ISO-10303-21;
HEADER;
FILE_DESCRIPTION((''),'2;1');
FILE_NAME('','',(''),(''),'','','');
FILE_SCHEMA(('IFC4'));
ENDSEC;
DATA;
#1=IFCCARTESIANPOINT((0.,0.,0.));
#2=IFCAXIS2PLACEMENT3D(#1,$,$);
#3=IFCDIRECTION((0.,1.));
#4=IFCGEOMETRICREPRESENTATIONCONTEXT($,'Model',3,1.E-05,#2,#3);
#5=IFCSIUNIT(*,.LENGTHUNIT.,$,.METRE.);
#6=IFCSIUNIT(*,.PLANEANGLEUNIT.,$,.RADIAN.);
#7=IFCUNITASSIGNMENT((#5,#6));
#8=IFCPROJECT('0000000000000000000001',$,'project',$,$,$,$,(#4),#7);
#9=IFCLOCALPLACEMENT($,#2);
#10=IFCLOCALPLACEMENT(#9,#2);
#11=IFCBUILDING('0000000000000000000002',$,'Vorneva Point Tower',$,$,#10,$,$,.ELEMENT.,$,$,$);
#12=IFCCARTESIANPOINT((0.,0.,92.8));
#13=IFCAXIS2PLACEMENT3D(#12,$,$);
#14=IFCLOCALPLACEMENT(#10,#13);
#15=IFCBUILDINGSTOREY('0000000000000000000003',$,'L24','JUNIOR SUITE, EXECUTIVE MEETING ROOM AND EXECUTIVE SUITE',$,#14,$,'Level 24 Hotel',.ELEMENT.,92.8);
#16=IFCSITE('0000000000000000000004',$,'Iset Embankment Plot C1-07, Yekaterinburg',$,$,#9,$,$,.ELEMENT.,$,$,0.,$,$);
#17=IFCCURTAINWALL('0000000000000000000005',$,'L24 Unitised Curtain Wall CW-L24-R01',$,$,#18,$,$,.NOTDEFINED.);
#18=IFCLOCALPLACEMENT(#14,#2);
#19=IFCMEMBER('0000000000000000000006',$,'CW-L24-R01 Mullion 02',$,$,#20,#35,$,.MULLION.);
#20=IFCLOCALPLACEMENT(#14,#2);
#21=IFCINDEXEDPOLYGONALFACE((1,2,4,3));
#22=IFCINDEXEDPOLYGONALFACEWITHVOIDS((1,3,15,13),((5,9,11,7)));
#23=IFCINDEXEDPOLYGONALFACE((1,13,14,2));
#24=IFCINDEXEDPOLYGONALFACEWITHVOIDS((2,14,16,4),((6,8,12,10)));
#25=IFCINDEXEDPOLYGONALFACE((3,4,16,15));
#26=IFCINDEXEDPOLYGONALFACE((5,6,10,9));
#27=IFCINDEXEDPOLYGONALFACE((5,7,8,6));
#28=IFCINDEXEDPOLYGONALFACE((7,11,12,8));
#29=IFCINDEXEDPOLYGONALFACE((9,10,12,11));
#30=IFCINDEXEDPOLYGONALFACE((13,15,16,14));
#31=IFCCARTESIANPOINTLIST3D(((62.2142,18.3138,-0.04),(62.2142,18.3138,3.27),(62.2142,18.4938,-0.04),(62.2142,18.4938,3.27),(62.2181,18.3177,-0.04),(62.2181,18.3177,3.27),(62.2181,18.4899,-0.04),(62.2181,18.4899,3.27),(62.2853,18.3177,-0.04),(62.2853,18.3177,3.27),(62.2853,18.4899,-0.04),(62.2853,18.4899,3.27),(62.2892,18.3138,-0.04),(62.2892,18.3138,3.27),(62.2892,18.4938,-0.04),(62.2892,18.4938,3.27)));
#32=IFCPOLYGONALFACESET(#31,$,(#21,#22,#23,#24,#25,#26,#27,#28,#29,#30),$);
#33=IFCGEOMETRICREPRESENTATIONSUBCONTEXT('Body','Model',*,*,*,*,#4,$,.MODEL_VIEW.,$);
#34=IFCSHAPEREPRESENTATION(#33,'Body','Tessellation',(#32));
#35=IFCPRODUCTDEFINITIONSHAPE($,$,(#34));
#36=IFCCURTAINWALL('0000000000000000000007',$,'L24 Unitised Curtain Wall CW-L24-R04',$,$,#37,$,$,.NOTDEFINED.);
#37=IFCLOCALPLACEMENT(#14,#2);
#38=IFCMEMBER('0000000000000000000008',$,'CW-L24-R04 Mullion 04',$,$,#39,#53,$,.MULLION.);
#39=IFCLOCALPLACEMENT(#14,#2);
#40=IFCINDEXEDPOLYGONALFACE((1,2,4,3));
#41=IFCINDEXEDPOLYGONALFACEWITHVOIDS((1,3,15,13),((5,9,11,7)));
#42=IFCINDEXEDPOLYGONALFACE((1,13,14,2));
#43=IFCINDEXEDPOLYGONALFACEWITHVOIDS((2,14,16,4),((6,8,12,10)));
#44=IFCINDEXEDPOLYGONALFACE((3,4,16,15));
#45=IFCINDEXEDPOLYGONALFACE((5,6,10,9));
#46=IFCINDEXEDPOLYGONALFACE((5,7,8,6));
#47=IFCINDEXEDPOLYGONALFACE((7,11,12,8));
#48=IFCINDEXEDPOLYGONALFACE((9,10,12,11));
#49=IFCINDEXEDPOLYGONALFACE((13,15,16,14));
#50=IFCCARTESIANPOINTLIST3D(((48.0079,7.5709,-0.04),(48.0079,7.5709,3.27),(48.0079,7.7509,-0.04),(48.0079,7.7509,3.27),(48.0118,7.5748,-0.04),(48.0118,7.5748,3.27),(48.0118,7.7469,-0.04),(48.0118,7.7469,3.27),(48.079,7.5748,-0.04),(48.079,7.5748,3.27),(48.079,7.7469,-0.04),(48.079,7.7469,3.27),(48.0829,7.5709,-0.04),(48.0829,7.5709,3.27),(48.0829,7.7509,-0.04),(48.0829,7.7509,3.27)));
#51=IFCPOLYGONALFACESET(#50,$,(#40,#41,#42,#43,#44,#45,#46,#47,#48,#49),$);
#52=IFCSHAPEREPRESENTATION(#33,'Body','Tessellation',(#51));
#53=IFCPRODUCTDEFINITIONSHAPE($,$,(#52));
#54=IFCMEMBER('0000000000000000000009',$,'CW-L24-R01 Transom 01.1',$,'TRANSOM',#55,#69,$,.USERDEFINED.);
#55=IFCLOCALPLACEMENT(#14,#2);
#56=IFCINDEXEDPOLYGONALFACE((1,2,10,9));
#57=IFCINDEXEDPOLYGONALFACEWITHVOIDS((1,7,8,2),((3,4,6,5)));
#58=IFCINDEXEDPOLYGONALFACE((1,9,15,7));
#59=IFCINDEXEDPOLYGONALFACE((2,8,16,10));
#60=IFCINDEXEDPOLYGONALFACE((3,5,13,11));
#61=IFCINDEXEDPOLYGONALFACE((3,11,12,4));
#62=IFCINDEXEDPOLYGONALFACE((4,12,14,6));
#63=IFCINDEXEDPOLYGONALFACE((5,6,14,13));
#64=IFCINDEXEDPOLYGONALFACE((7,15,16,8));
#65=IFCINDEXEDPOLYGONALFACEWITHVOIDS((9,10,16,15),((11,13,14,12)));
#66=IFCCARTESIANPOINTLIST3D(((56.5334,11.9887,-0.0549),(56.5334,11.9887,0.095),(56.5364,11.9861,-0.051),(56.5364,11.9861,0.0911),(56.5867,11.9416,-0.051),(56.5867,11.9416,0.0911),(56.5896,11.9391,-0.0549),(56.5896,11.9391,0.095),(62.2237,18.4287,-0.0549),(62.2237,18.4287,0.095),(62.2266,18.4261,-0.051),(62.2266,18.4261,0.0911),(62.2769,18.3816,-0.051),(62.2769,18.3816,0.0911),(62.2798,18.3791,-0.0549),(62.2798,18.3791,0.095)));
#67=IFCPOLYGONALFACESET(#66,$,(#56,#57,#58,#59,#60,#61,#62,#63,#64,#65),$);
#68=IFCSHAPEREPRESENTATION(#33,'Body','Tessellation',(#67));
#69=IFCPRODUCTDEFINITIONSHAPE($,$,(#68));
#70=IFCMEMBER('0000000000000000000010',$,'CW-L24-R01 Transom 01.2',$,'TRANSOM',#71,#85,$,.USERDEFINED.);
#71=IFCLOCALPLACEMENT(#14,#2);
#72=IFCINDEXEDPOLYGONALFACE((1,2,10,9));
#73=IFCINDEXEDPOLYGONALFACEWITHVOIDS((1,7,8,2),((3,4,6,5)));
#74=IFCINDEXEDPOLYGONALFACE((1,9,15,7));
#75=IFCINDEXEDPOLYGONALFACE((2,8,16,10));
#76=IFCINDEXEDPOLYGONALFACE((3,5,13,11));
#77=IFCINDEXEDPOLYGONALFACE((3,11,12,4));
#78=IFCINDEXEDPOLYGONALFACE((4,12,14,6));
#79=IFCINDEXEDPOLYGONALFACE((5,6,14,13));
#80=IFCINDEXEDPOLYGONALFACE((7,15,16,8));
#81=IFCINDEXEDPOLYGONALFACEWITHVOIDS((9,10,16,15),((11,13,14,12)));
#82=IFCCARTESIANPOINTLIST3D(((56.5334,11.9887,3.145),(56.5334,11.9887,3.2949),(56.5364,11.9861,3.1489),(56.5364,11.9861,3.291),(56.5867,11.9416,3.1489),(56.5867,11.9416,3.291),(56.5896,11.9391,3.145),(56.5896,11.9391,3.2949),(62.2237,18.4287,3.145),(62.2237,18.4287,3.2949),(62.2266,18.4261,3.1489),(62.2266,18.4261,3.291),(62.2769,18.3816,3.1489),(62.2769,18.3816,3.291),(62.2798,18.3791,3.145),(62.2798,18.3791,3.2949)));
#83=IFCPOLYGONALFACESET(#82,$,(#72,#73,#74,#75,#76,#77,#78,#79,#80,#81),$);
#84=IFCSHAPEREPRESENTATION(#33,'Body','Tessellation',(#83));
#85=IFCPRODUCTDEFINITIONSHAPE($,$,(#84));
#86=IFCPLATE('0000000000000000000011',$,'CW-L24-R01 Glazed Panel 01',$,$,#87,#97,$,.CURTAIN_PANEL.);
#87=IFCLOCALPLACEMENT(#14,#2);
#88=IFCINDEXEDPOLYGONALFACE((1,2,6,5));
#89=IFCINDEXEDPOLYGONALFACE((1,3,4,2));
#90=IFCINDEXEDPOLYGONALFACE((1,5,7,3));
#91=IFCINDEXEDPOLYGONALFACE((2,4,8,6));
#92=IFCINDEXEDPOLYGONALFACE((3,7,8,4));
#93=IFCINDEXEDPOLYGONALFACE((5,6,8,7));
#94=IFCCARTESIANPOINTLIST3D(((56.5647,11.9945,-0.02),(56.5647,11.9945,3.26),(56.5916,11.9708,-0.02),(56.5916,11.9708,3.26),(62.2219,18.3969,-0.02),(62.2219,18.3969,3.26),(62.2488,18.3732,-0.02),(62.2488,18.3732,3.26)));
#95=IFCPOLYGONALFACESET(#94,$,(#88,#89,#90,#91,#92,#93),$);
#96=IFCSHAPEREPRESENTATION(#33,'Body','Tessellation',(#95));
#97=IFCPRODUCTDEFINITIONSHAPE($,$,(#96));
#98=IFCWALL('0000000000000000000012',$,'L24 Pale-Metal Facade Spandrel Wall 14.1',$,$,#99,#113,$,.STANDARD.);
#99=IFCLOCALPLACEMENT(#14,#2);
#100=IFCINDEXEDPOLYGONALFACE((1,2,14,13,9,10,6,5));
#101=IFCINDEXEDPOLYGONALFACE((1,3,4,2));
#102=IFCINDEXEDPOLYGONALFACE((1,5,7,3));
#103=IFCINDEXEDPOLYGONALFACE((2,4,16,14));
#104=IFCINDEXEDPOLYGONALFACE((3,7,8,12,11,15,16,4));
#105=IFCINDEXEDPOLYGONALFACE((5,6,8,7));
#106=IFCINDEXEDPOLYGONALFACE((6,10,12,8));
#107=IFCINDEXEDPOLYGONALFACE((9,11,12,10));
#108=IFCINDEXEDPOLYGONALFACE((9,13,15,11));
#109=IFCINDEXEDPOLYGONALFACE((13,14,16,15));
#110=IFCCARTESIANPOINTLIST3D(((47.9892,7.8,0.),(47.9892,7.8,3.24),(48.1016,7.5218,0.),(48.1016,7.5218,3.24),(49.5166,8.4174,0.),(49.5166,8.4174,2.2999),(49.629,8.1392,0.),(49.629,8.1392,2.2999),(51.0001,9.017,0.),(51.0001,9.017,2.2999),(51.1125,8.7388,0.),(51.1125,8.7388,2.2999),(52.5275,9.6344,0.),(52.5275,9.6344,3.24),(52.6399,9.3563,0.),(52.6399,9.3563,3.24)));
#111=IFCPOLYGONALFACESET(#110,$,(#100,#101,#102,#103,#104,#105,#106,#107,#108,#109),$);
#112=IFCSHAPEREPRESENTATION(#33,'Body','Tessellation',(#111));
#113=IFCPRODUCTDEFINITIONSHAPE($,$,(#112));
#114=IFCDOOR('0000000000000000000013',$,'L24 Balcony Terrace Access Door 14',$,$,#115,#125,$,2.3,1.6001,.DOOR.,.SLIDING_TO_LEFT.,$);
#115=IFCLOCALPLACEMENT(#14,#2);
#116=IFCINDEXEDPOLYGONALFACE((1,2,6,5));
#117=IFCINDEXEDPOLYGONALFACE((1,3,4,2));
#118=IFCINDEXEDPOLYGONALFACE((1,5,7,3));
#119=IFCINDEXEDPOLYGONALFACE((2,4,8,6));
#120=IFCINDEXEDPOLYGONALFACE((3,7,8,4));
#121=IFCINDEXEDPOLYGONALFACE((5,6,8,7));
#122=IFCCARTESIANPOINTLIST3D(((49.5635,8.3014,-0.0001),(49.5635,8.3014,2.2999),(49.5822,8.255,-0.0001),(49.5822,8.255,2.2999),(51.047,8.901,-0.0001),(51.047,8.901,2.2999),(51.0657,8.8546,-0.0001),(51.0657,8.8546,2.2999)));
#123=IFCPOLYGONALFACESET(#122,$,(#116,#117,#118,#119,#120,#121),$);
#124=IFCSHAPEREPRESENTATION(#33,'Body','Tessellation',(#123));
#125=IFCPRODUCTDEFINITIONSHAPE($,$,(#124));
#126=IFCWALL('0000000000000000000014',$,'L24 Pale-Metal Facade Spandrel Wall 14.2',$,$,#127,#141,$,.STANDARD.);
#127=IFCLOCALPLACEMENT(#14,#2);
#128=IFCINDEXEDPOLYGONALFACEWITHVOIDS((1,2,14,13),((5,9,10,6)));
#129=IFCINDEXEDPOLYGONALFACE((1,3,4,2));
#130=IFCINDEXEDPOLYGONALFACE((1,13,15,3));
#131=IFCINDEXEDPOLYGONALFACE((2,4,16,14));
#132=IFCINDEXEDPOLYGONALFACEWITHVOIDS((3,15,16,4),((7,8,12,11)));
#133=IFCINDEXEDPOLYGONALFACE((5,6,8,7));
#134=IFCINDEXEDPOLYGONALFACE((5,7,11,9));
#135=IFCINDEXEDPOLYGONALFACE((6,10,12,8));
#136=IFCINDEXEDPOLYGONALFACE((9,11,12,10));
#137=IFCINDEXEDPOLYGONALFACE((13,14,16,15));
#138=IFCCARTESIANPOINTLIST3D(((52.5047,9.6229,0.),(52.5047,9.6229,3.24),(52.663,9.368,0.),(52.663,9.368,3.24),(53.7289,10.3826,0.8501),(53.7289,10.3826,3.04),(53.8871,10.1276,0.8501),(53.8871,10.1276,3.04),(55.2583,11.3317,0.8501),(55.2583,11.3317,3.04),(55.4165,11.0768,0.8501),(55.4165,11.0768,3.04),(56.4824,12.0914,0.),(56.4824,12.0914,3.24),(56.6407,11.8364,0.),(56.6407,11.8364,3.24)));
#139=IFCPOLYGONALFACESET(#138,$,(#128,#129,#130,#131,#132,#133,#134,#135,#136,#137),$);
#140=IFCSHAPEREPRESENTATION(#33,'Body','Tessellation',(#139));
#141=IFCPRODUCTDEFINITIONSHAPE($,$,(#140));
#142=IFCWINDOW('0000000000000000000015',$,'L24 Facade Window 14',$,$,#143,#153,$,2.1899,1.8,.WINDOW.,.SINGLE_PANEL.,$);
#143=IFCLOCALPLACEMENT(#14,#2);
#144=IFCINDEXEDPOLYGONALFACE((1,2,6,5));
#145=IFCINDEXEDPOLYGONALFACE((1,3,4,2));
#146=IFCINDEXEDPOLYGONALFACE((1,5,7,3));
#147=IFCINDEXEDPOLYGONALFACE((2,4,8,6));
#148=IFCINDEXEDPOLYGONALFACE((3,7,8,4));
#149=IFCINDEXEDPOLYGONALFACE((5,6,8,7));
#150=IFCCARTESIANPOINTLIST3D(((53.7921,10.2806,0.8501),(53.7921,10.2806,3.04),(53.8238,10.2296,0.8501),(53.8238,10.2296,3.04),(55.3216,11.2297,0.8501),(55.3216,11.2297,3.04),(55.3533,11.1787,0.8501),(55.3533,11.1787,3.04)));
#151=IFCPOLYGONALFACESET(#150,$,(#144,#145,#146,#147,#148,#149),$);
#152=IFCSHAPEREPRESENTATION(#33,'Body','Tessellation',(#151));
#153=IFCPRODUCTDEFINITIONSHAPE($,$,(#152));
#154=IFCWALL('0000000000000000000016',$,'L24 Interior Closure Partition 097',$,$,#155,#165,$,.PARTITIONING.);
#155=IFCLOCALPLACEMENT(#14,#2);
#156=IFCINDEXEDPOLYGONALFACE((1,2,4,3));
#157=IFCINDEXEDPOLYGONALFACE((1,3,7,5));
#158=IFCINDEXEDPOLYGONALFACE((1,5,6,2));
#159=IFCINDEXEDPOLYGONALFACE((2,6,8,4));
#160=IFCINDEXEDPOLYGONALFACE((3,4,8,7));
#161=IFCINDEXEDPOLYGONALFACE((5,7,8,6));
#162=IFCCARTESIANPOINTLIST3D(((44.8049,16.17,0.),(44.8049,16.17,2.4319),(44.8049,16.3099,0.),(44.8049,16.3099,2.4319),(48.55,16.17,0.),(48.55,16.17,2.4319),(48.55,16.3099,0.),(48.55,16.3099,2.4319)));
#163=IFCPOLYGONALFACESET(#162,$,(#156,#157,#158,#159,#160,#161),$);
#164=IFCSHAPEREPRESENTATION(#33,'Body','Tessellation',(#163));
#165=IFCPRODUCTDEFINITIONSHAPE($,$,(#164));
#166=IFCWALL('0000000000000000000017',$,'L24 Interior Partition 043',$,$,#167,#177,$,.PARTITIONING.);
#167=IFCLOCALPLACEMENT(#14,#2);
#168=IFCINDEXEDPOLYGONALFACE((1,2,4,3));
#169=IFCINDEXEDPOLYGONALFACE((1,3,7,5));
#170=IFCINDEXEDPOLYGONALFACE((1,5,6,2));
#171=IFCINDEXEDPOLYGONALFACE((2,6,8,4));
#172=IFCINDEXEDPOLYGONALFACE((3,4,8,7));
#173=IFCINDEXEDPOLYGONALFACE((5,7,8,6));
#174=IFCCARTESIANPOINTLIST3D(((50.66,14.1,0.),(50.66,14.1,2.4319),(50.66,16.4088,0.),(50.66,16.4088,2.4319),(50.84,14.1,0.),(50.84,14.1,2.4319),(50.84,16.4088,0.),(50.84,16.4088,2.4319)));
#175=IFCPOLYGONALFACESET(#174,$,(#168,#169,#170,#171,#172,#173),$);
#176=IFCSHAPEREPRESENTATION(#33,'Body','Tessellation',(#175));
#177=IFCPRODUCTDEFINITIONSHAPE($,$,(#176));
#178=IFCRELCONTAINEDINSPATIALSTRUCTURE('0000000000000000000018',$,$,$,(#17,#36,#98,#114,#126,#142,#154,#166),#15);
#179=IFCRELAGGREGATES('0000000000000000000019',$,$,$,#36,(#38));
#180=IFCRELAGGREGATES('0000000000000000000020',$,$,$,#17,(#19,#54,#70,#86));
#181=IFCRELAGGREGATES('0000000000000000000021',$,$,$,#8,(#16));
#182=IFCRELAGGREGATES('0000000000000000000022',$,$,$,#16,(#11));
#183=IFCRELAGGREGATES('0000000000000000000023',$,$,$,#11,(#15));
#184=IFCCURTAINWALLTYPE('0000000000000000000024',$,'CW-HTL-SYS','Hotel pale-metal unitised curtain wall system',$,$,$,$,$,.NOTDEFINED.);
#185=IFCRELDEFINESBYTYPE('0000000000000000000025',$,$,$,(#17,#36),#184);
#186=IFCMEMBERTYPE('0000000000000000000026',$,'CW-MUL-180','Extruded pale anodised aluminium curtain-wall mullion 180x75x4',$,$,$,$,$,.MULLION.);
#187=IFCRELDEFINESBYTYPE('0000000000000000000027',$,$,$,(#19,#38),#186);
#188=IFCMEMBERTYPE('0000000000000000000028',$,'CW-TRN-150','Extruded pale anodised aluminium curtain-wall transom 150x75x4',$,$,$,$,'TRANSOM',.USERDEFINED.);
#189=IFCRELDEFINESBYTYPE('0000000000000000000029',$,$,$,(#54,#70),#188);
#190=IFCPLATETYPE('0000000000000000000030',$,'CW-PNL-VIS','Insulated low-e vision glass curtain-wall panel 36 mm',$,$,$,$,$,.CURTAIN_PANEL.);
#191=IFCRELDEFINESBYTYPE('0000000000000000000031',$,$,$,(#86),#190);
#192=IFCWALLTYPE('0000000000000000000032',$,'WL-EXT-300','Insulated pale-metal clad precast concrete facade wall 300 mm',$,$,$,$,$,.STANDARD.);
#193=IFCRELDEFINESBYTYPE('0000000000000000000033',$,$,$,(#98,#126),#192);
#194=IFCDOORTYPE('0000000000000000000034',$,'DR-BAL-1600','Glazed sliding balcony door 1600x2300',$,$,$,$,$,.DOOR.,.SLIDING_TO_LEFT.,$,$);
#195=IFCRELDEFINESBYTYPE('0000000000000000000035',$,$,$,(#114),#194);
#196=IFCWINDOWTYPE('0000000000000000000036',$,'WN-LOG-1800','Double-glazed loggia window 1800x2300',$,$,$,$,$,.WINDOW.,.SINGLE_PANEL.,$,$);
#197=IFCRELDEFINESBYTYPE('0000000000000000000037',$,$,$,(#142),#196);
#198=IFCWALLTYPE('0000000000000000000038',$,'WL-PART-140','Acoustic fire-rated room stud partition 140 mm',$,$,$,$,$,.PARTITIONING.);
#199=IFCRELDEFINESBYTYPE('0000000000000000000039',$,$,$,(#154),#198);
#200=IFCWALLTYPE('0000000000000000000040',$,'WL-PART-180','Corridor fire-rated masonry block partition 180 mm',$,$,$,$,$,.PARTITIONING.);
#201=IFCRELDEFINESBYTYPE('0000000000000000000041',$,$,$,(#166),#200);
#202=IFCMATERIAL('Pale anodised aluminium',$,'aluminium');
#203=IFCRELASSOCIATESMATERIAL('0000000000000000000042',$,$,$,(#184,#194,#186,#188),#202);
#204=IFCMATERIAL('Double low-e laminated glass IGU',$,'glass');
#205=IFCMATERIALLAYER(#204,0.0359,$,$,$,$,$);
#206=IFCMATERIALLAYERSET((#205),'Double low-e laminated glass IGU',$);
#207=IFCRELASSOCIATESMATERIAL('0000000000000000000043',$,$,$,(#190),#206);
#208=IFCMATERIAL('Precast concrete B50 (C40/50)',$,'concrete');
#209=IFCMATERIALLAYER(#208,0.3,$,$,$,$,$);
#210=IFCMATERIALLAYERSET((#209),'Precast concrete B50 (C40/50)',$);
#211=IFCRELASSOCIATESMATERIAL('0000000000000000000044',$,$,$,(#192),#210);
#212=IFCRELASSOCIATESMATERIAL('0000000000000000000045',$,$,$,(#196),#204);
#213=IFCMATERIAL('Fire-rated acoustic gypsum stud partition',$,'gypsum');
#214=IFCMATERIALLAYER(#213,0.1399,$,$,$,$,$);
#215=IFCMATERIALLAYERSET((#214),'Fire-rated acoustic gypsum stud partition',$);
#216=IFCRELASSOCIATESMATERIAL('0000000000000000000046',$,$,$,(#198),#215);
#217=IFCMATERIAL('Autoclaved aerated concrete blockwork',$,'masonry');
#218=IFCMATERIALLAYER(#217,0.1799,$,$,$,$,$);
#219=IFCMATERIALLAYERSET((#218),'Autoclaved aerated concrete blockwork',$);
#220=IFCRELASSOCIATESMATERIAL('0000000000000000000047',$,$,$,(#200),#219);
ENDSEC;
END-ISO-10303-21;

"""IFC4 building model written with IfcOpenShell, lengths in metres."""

from ifc_helpers import new_model, si_unit, direction, frame, frame_2d, origin, origin_2d, place, context, subcontext, project, spatial, rectangle, hollow_rectangle, extrude, material, layer, layer_set, material_profile, profile_set, type_object, element, fill, aggregate, save


model = new_model("IFC4")

# Units and contexts
model_context = context("Model", 3, precision=1e-05, world=origin(), true_north=direction((0.0, 1.0)))
body_context = subcontext(model_context, "Body", "Model", "MODEL_VIEW")
ifc_project = project(units=[si_unit("LENGTHUNIT", "METRE"), si_unit("PLANEANGLEUNIT", "RADIAN")], contexts=[model_context])

# Site, building, storey
site_placement = place(None, origin())
site = spatial("IfcSite", under=ifc_project, at=site_placement, Name="Iset Embankment Plot C1-07, Yekaterinburg", CompositionType="ELEMENT", RefElevation=0.0)
building_placement = place(site_placement, origin())
building = spatial("IfcBuilding", under=site, at=building_placement, Name="Vorneva Point Tower", CompositionType="ELEMENT")
storey_placement = place(building_placement, frame((0.0, 0.0, 92.8)))
storey = spatial("IfcBuildingStorey", under=building, at=storey_placement, Name="L24", Description="JUNIOR SUITE, EXECUTIVE MEETING ROOM AND EXECUTIVE SUITE", LongName="Level 24 Hotel", CompositionType="ELEMENT", Elevation=92.8)

# Curtain wall, member
ifc_material_1 = material(Name="Pale anodised aluminium", Category="aluminium")
curtain_wall_type = type_object("IfcCurtainWallType", Name="CW-HTL-SYS", Description="Hotel pale-metal unitised curtain wall system", PredefinedType="NOTDEFINED", material=ifc_material_1)
curtain_wall_1_placement = place(storey_placement, origin())
curtain_wall_1 = element("IfcCurtainWall", 1, at=curtain_wall_1_placement, inside=storey, type_object=curtain_wall_type, Name="L24 Unitised Curtain Wall CW-L24-R01", PredefinedType="NOTDEFINED")
ifc_material_profile_1 = material_profile(ifc_material_1, hollow_rectangle(XDim=0.075, YDim=0.1799, WallThickness=0.0039, at=origin_2d()), Name="AL-MUL 180x75x4")
ifc_profile_set_1 = profile_set([ifc_material_profile_1], Name="Pale anodised aluminium")
member_type_1 = type_object("IfcMemberType", Name="CW-MUL-180", Description="Extruded pale anodised aluminium curtain-wall mullion 180x75x4", PredefinedType="MULLION", material=ifc_profile_set_1)
member_1_placement = place(storey_placement, frame((62.2517, 18.4038, -0.04), z_axis=(0.0, 0.0, 1.0), x_axis=(1.0, 0.0, 0.0)))
member_1 = element("IfcMember", 2, at=member_1_placement, type_object=member_type_1, Name="CW-L24-R01 Mullion 02", PredefinedType="MULLION", context=body_context, shape_type="SweptSolid", body=[
    extrude(hollow_rectangle(XDim=0.075, YDim=0.1799, WallThickness=0.0039, at=origin_2d()), origin(), (0.0, 0.0, 1.0), 3.3101),
])

# Curtain wall, member
curtain_wall_2_placement = place(storey_placement, origin())
curtain_wall_2 = element("IfcCurtainWall", 3, at=curtain_wall_2_placement, inside=storey, type_object=curtain_wall_type, Name="L24 Unitised Curtain Wall CW-L24-R04", PredefinedType="NOTDEFINED")
member_2_placement = place(storey_placement, frame((48.0454, 7.6609, -0.04), z_axis=(0.0, 0.0, 1.0), x_axis=(1.0, 0.0, 0.0)))
member_2 = element("IfcMember", 4, at=member_2_placement, type_object=member_type_1, Name="CW-L24-R04 Mullion 04", PredefinedType="MULLION", context=body_context, shape_type="SweptSolid", body=[
    extrude(hollow_rectangle(XDim=0.075, YDim=0.1799, WallThickness=0.0039, at=origin_2d()), origin(), (0.0, 0.0, 1.0), 3.3101),
])
aggregate(curtain_wall_2, [member_2])

# Members
ifc_material_profile_2 = material_profile(ifc_material_1, hollow_rectangle(XDim=0.075, YDim=0.1499, WallThickness=0.0039, at=origin_2d()), Name="AL-TRN 150x75x4")
ifc_profile_set_2 = profile_set([ifc_material_profile_2], Name="Pale anodised aluminium")
member_type_2 = type_object("IfcMemberType", Name="CW-TRN-150", Description="Extruded pale anodised aluminium curtain-wall transom 150x75x4", ElementType="TRANSOM", PredefinedType="USERDEFINED", material=ifc_profile_set_2)
member_3_placement = place(storey_placement, frame((56.5615, 11.9639, 0.02), z_axis=(0.662137, 0.749383, 0.0), x_axis=(-0.749383, 0.662137, 0.0)))
member_3 = element("IfcMember", 5, at=member_3_placement, type_object=member_type_2, Name="CW-L24-R01 Transom 01.1", ObjectType="TRANSOM", PredefinedType="USERDEFINED", context=body_context, shape_type="SweptSolid", body=[
    extrude(hollow_rectangle(XDim=0.075, YDim=0.1499, WallThickness=0.0039, at=origin_2d()), origin(), (0.0, 0.0, 1.0), 8.5938),
])
member_4_placement = place(storey_placement, frame((56.5615, 11.9639, 3.22), z_axis=(0.662137, 0.749383, 0.0), x_axis=(-0.749383, 0.662137, 0.0)))
member_4 = element("IfcMember", 6, at=member_4_placement, type_object=member_type_2, Name="CW-L24-R01 Transom 01.2", ObjectType="TRANSOM", PredefinedType="USERDEFINED", context=body_context, shape_type="SweptSolid", body=[
    extrude(hollow_rectangle(XDim=0.075, YDim=0.1499, WallThickness=0.0039, at=origin_2d()), origin(), (0.0, 0.0, 1.0), 8.5938),
])

# Plate
ifc_material_2 = material(Name="Double low-e laminated glass IGU", Category="glass")
ifc_layer_1 = layer(ifc_material_2, 0.0359)
ifc_layer_set_1 = layer_set([ifc_layer_1], Name="Double low-e laminated glass IGU")
plate_type = type_object("IfcPlateType", Name="CW-PNL-VIS", Description="Insulated low-e vision glass curtain-wall panel 36 mm", PredefinedType="CURTAIN_PANEL", material=ifc_layer_set_1)
plate_placement = place(storey_placement, frame((59.4067, 15.1838, -0.02), z_axis=(0.0, 0.0, 1.0), x_axis=(0.662149, 0.749372, 0.0)))
plate = element("IfcPlate", 7, at=plate_placement, type_object=plate_type, Name="CW-L24-R01 Glazed Panel 01", PredefinedType="CURTAIN_PANEL", context=body_context, shape_type="SweptSolid", body=[
    extrude(rectangle(XDim=8.5437, YDim=0.0359, at=origin_2d()), origin(), (0.0, 0.0, 1.0), 3.28),
])
aggregate(curtain_wall_1, [member_1, member_3, member_4, plate])

# Wall, opening, door
ifc_material_3 = material(Name="Precast concrete B50 (C40/50)", Category="concrete")
ifc_layer_2 = layer(ifc_material_3, 0.3)
ifc_layer_set_2 = layer_set([ifc_layer_2], Name="Precast concrete B50 (C40/50)")
wall_type_1 = type_object("IfcWallType", Name="WL-EXT-300", Description="Insulated pale-metal clad precast concrete facade wall 300 mm", PredefinedType="STANDARD", material=ifc_layer_set_2)
wall_1_placement = place(storey_placement, frame((48.0454, 7.6609, 0.0), z_axis=(0.0, 0.0, 1.0), x_axis=(0.927122, 0.374759, 0.0)))
wall_1 = element("IfcWall", 8, at=wall_1_placement, inside=storey, type_object=wall_type_1, Name="L24 Pale-Metal Facade Spandrel Wall 14.1", PredefinedType="STANDARD", context=body_context, shape_type="SweptSolid", body=[
    extrude(rectangle(XDim=4.895, YDim=0.3, at=frame_2d((2.4475, 0.0))), origin(), (0.0, 0.0, 1.0), 3.24),
])
opening_1_placement = place(wall_1_placement, frame((1.6475, 0.0, 0.0)))
opening_1 = element("IfcOpeningElement", 9, at=opening_1_placement, cuts=wall_1, PredefinedType="OPENING", context=body_context, shape_type="SweptSolid", body=[
    extrude(rectangle(XDim=1.6001, YDim=2.3, at=frame_2d((0.8, 1.1499))), frame((0.0, 0.165, 0.0), z_axis=(0.0, -1.0, 0.0), x_axis=(1.0, 0.0, 0.0)), (0.0, 0.0, 1.0), 0.3298),
])
door_type_1 = type_object("IfcDoorType", Name="DR-BAL-1600", Description="Glazed sliding balcony door 1600x2300", OperationType="SLIDING_TO_LEFT", PredefinedType="DOOR", material=ifc_material_1)
door_1_placement = place(opening_1_placement, origin())
door_1 = element("IfcDoor", 10, at=door_1_placement, inside=storey, type_object=door_type_1, Name="L24 Balcony Terrace Access Door 14", OperationType="SLIDING_TO_LEFT", OverallHeight=2.3, OverallWidth=1.6001, PredefinedType="DOOR", context=body_context, shape_type="SweptSolid", body=[
    extrude(rectangle(XDim=1.6001, YDim=2.3, at=frame_2d((0.8, 1.1499))), frame((0.0, 0.0249, 0.0), z_axis=(0.0, -1.0, 0.0), x_axis=(1.0, 0.0, 0.0)), (0.0, 0.0, 1.0), 0.05),
])
fill(opening_1, door_1)

# Wall, opening, window
wall_2_placement = place(storey_placement, frame((52.5837, 9.4954, 0.0), z_axis=(0.0, 0.0, 1.0), x_axis=(0.849684, 0.527291, 0.0)))
wall_2 = element("IfcWall", 11, at=wall_2_placement, inside=storey, type_object=wall_type_1, Name="L24 Pale-Metal Facade Spandrel Wall 14.2", PredefinedType="STANDARD", context=body_context, shape_type="SweptSolid", body=[
    extrude(rectangle(XDim=4.6814, YDim=0.3, at=frame_2d((2.3408, 0.0))), origin(), (0.0, 0.0, 1.0), 3.24),
])
opening_2_placement = place(wall_2_placement, frame((1.4409, 0.0, 0.8501)))
opening_2 = element("IfcOpeningElement", 12, at=opening_2_placement, cuts=wall_2, PredefinedType="OPENING", context=body_context, shape_type="SweptSolid", body=[
    extrude(rectangle(XDim=1.8, YDim=2.1899, at=frame_2d((0.8999, 1.095))), frame((0.0, 0.165, 0.0), z_axis=(0.0, -1.0, 0.0), x_axis=(1.0, 0.0, 0.0)), (0.0, 0.0, 1.0), 0.3298),
])
window_type = type_object("IfcWindowType", Name="WN-LOG-1800", Description="Double-glazed loggia window 1800x2300", PartitioningType="SINGLE_PANEL", PredefinedType="WINDOW", material=ifc_material_2)
window_placement = place(opening_2_placement, origin())
window = element("IfcWindow", 13, at=window_placement, inside=storey, type_object=window_type, Name="L24 Facade Window 14", OverallHeight=2.1899, OverallWidth=1.8, PartitioningType="SINGLE_PANEL", PredefinedType="WINDOW", context=body_context, shape_type="SweptSolid", body=[
    extrude(rectangle(XDim=1.8, YDim=2.1899, at=frame_2d((0.8999, 1.095))), frame((0.0, 0.03, 0.0), z_axis=(0.0, -1.0, 0.0), x_axis=(1.0, 0.0, 0.0)), (0.0, 0.0, 1.0), 0.0601),
])
fill(opening_2, window)

# Walls
ifc_material_4 = material(Name="Fire-rated acoustic gypsum stud partition", Category="gypsum")
ifc_layer_3 = layer(ifc_material_4, 0.1399)
ifc_layer_set_3 = layer_set([ifc_layer_3], Name="Fire-rated acoustic gypsum stud partition")
wall_type_2 = type_object("IfcWallType", Name="WL-PART-140", Description="Acoustic fire-rated room stud partition 140 mm", PredefinedType="PARTITIONING", material=ifc_layer_set_3)
wall_3_placement = place(storey_placement, frame((48.55, 16.24, 0.0), z_axis=(0.0, 0.0, 1.0), x_axis=(-1.0, 0.0, 0.0)))
element("IfcWall", 14, at=wall_3_placement, inside=storey, type_object=wall_type_2, Name="L24 Interior Closure Partition 097", PredefinedType="PARTITIONING", context=body_context, shape_type="SweptSolid", body=[
    extrude(rectangle(XDim=3.7451, YDim=0.1399, at=frame_2d((1.8726, 0.0))), origin(), (0.0, 0.0, 1.0), 2.4319),
])
ifc_material_5 = material(Name="Autoclaved aerated concrete blockwork", Category="masonry")
ifc_layer_4 = layer(ifc_material_5, 0.1799)
ifc_layer_set_4 = layer_set([ifc_layer_4], Name="Autoclaved aerated concrete blockwork")
wall_type_3 = type_object("IfcWallType", Name="WL-PART-180", Description="Corridor fire-rated masonry block partition 180 mm", PredefinedType="PARTITIONING", material=ifc_layer_set_4)
wall_4_placement = place(storey_placement, frame((50.75, 14.1001, 0.0), z_axis=(0.0, 0.0, 1.0), x_axis=(0.0, 1.0, 0.0)))
element("IfcWall", 15, at=wall_4_placement, inside=storey, type_object=wall_type_3, Name="L24 Interior Partition 043", PredefinedType="PARTITIONING", context=body_context, shape_type="SweptSolid", body=[
    extrude(rectangle(XDim=2.3088, YDim=0.1799, at=frame_2d((1.1543, 0.0))), origin(), (0.0, 0.0, 1.0), 2.4319),
])

save(model, "model.ifc")
